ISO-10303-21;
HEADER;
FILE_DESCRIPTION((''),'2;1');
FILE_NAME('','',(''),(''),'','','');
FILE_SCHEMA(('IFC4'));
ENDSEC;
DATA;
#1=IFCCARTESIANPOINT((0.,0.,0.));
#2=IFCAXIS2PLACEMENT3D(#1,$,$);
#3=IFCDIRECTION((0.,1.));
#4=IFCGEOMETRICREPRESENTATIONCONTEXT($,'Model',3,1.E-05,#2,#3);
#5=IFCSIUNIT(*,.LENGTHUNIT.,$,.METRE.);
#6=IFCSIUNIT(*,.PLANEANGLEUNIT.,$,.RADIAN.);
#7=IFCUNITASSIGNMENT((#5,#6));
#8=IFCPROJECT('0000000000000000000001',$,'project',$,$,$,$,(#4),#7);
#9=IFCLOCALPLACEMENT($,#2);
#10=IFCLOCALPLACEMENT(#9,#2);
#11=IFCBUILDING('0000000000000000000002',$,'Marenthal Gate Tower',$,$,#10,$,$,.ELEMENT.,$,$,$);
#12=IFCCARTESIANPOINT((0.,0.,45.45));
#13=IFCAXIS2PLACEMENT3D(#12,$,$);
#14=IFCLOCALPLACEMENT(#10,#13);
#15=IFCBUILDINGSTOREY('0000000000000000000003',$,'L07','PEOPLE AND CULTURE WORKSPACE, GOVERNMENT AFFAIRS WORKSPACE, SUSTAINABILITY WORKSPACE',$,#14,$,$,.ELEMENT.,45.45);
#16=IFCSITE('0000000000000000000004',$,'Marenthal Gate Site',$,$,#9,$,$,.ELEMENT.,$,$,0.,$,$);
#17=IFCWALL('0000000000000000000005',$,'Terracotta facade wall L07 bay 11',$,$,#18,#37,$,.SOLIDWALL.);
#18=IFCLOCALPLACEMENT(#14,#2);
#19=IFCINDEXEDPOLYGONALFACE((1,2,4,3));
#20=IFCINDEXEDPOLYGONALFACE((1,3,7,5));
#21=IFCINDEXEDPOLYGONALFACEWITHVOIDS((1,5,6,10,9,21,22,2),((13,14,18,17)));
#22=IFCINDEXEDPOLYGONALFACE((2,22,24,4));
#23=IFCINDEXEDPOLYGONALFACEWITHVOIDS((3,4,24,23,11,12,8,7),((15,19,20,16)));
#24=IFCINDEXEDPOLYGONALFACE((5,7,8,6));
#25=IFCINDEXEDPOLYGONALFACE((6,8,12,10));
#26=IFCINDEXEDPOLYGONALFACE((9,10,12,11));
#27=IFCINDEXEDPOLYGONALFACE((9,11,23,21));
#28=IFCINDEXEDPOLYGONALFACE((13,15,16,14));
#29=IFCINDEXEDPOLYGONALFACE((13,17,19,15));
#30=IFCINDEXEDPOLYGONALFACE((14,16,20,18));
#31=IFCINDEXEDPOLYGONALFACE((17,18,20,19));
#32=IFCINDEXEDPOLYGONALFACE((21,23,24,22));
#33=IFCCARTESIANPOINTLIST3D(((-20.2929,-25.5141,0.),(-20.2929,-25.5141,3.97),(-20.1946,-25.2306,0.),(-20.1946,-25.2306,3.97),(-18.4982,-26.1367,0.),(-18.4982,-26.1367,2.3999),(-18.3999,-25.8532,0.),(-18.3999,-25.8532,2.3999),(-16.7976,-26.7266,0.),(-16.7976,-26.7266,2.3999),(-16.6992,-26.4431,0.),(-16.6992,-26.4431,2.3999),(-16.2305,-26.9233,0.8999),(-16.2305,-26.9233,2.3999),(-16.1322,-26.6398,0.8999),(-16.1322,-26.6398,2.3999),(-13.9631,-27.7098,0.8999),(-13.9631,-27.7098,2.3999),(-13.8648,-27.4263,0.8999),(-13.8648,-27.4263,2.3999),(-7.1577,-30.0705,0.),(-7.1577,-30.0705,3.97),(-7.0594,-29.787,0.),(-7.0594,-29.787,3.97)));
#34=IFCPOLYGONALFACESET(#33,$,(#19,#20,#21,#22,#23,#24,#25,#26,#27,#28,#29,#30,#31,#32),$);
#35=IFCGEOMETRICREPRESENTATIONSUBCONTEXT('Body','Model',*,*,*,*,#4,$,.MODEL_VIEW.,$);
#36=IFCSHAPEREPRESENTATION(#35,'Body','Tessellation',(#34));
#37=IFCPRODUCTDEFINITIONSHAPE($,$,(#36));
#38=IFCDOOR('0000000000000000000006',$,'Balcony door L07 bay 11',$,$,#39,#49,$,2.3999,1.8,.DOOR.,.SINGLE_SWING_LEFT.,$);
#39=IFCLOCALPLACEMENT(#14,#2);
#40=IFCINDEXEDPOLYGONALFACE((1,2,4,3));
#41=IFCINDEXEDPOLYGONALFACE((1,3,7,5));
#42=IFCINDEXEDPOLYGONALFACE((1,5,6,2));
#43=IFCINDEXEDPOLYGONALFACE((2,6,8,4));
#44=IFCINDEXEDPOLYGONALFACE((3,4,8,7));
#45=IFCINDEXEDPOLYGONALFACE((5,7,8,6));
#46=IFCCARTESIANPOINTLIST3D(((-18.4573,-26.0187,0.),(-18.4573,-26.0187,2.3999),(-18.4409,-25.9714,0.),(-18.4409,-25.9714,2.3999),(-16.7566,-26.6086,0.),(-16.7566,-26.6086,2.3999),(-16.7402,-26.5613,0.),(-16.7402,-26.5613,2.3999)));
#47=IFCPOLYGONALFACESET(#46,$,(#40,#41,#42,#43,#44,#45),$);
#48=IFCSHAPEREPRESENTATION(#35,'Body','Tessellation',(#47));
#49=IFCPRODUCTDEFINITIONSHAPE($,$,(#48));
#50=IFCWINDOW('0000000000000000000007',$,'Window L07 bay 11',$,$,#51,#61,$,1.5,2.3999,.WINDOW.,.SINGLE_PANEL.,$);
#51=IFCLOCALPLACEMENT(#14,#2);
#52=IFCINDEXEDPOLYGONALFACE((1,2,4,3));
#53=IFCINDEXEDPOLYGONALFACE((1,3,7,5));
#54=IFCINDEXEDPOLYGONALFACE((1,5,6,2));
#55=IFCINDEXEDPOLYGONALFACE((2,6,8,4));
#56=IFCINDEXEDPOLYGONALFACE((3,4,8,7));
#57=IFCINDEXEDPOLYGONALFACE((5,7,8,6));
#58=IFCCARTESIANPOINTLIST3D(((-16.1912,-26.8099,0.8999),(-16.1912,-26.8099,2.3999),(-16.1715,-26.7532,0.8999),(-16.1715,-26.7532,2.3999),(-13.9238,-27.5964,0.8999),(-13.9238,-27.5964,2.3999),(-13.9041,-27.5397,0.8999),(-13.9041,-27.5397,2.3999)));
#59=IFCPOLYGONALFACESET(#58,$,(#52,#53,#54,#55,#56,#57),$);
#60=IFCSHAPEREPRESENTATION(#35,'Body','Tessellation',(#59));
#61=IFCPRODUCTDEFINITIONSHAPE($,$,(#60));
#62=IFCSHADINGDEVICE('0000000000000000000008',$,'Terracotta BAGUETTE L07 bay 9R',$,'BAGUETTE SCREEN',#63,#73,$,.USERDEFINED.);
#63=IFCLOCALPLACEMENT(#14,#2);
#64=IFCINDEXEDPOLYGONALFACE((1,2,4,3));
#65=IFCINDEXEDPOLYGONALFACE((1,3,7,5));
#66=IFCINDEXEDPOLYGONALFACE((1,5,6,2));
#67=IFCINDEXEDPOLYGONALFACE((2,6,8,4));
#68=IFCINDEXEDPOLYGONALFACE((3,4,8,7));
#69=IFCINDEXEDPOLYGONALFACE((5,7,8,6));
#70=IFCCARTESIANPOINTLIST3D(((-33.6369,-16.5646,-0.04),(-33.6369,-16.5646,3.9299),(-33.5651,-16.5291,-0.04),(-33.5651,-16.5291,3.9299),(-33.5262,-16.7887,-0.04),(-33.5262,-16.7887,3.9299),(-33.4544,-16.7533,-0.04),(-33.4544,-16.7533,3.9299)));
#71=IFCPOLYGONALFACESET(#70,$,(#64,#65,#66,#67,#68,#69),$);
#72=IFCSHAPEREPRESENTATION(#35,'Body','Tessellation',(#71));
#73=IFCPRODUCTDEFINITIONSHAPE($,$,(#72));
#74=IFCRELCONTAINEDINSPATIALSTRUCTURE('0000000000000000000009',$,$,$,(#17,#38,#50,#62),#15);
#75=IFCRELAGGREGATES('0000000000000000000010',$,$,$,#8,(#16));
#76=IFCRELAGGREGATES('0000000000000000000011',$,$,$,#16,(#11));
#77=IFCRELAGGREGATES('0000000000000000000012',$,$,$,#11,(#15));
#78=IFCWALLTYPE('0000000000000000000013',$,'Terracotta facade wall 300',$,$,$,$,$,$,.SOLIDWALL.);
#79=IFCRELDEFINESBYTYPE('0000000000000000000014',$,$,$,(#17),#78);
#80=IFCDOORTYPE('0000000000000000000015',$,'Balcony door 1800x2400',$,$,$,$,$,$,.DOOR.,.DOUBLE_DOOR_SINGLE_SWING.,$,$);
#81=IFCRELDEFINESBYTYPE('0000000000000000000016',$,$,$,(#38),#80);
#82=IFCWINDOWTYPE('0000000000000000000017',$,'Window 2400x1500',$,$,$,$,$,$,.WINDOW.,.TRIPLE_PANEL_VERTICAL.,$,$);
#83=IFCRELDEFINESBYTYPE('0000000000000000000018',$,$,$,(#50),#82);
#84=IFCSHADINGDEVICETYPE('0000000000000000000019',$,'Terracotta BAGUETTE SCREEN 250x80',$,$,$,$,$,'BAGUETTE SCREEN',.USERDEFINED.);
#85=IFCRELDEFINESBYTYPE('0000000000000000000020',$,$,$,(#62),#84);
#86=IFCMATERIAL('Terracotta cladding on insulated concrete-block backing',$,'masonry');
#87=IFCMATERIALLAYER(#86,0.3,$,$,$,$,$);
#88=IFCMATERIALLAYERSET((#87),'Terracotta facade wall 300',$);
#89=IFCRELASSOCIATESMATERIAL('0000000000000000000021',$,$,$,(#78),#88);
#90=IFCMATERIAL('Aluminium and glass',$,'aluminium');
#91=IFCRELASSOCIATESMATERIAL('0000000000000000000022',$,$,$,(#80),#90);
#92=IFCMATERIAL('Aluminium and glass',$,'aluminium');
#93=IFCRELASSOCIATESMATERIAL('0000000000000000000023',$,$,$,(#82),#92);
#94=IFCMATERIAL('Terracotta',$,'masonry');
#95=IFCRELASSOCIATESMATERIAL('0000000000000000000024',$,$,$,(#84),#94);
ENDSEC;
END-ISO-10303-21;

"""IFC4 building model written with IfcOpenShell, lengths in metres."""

from ifc_helpers import new_model, si_unit, direction, frame, frame_2d, origin, origin_2d, place, context, subcontext, project, spatial, rectangle, extrude, material, layer, layer_set, material_profile, profile_set, type_object, element, fill, save


model = new_model("IFC4")

# Units and contexts
model_context = context("Model", 3, precision=1e-05, world=origin(), true_north=direction((0.0, 1.0)))
body_context = subcontext(model_context, "Body", "Model", "MODEL_VIEW")
ifc_project = project(units=[si_unit("LENGTHUNIT", "METRE"), si_unit("PLANEANGLEUNIT", "RADIAN")], contexts=[model_context])

# Site, building, storey
site_placement = place(None, origin())
site = spatial("IfcSite", under=ifc_project, at=site_placement, Name="Marenthal Gate Site", CompositionType="ELEMENT", RefElevation=0.0)
building_placement = place(site_placement, origin())
building = spatial("IfcBuilding", under=site, at=building_placement, Name="Marenthal Gate Tower", CompositionType="ELEMENT")
storey_placement = place(building_placement, frame((0.0, 0.0, 45.45)))
storey = spatial("IfcBuildingStorey", under=building, at=storey_placement, Name="L07", Description="PEOPLE AND CULTURE WORKSPACE, GOVERNMENT AFFAIRS WORKSPACE, SUSTAINABILITY WORKSPACE", CompositionType="ELEMENT", Elevation=45.45)

# Wall, openings, door, window
ifc_material_1 = material(Name="Terracotta cladding on insulated concrete-block backing", Category="masonry")
ifc_layer_1 = layer(ifc_material_1, 0.3)
ifc_layer_set_1 = layer_set([ifc_layer_1], Name="Terracotta facade wall 300")
wall_type = type_object("IfcWallType", Name="Terracotta facade wall 300", PredefinedType="SOLIDWALL", material=ifc_layer_set_1)
wall_placement = place(storey_placement, frame((-20.2439, -25.3723, 0.0), z_axis=(0.0, 0.0, 1.0), x_axis=(0.944773, -0.327726, 0.0)))
wall = element("IfcWall", 1, at=wall_placement, inside=storey, type_object=wall_type, Name="Terracotta facade wall L07 bay 11", PredefinedType="SOLIDWALL", context=body_context, shape_type="SweptSolid", body=[
    extrude(rectangle(XDim=13.9031, YDim=0.3, at=frame_2d((6.9517, 0.0))), origin(), (0.0, 0.0, 1.0), 3.97),
])
opening_1_placement = place(wall_placement, frame((1.8999, 0.0, 0.0)))
opening_1 = element("IfcOpeningElement", 2, at=opening_1_placement, cuts=wall, PredefinedType="OPENING", context=body_context, shape_type="SweptSolid", body=[
    extrude(rectangle(XDim=1.8, YDim=2.3999, at=frame_2d((0.8999, 1.2))), frame((0.0, 0.1602, 0.0), z_axis=(0.0, -1.0, 0.0), x_axis=(1.0, 0.0, 0.0)), (0.0, 0.0, 1.0), 0.3201),
])
opening_2_placement = place(wall_placement, frame((4.3, 0.0, 0.8999)))
opening_2 = element("IfcOpeningElement", 3, at=opening_2_placement, cuts=wall, PredefinedType="OPENING", context=body_context, shape_type="SweptSolid", body=[
    extrude(rectangle(XDim=2.3999, YDim=1.5, at=frame_2d((1.2, 0.75))), frame((0.0, 0.1602, 0.0), z_axis=(0.0, -1.0, 0.0), x_axis=(1.0, 0.0, 0.0)), (0.0, 0.0, 1.0), 0.3201),
])
ifc_material_2 = material(Name="Aluminium and glass", Category="aluminium")
door_type = type_object("IfcDoorType", Name="Balcony door 1800x2400", OperationType="DOUBLE_DOOR_SINGLE_SWING", PredefinedType="DOOR", material=ifc_material_2)
door_placement = place(opening_1_placement, origin())
door = element("IfcDoor", 4, at=door_placement, inside=storey, type_object=door_type, Name="Balcony door L07 bay 11", OperationType="SINGLE_SWING_LEFT", OverallHeight=2.3999, OverallWidth=1.8, PredefinedType="DOOR", context=body_context, shape_type="SweptSolid", body=[
    extrude(rectangle(XDim=1.8, YDim=2.3999, at=frame_2d((0.8999, 1.2))), frame((0.0, 0.0249, 0.0), z_axis=(0.0, -1.0, 0.0), x_axis=(1.0, 0.0, 0.0)), (0.0, 0.0, 1.0), 0.05),
])
fill(opening_1, door)
ifc_material_3 = material(Name="Aluminium and glass", Category="aluminium")
window_type = type_object("IfcWindowType", Name="Window 2400x1500", PartitioningType="TRIPLE_PANEL_VERTICAL", PredefinedType="WINDOW", material=ifc_material_3)
window_placement = place(opening_2_placement, origin())
window = element("IfcWindow", 5, at=window_placement, inside=storey, type_object=window_type, Name="Window L07 bay 11", OverallHeight=1.5, OverallWidth=2.3999, PartitioningType="SINGLE_PANEL", PredefinedType="WINDOW", context=body_context, shape_type="SweptSolid", body=[
    extrude(rectangle(XDim=2.3999, YDim=1.5, at=frame_2d((1.2, 0.75))), frame((0.0, 0.03, 0.0), z_axis=(0.0, -1.0, 0.0), x_axis=(1.0, 0.0, 0.0)), (0.0, 0.0, 1.0), 0.0601),
])
fill(opening_2, window)

# Shading device
ifc_material_4 = material(Name="Terracotta", Category="masonry")
ifc_material_profile_1 = material_profile(ifc_material_4, rectangle(XDim=0.25, YDim=0.0801, at=origin_2d()), Name="Terracotta baguette 250x80")
ifc_profile_set_1 = profile_set([ifc_material_profile_1], Name="Terracotta")
shading_device_type = type_object("IfcShadingDeviceType", Name="Terracotta BAGUETTE SCREEN 250x80", ElementType="BAGUETTE SCREEN", PredefinedType="USERDEFINED", material=ifc_profile_set_1)
shading_device_placement = place(storey_placement, frame((-33.5457, -16.6589, -0.04), z_axis=(0.0, 0.0, 1.0), x_axis=(0.443058, -0.896493, 0.0)))
element("IfcShadingDevice", 6, at=shading_device_placement, inside=storey, type_object=shading_device_type, Name="Terracotta BAGUETTE L07 bay 9R", ObjectType="BAGUETTE SCREEN", PredefinedType="USERDEFINED", context=body_context, shape_type="SweptSolid", body=[
    extrude(rectangle(XDim=0.25, YDim=0.0801, at=origin_2d()), origin(), (0.0, 0.0, 1.0), 3.97),
])

save(model, "model.ifc")
